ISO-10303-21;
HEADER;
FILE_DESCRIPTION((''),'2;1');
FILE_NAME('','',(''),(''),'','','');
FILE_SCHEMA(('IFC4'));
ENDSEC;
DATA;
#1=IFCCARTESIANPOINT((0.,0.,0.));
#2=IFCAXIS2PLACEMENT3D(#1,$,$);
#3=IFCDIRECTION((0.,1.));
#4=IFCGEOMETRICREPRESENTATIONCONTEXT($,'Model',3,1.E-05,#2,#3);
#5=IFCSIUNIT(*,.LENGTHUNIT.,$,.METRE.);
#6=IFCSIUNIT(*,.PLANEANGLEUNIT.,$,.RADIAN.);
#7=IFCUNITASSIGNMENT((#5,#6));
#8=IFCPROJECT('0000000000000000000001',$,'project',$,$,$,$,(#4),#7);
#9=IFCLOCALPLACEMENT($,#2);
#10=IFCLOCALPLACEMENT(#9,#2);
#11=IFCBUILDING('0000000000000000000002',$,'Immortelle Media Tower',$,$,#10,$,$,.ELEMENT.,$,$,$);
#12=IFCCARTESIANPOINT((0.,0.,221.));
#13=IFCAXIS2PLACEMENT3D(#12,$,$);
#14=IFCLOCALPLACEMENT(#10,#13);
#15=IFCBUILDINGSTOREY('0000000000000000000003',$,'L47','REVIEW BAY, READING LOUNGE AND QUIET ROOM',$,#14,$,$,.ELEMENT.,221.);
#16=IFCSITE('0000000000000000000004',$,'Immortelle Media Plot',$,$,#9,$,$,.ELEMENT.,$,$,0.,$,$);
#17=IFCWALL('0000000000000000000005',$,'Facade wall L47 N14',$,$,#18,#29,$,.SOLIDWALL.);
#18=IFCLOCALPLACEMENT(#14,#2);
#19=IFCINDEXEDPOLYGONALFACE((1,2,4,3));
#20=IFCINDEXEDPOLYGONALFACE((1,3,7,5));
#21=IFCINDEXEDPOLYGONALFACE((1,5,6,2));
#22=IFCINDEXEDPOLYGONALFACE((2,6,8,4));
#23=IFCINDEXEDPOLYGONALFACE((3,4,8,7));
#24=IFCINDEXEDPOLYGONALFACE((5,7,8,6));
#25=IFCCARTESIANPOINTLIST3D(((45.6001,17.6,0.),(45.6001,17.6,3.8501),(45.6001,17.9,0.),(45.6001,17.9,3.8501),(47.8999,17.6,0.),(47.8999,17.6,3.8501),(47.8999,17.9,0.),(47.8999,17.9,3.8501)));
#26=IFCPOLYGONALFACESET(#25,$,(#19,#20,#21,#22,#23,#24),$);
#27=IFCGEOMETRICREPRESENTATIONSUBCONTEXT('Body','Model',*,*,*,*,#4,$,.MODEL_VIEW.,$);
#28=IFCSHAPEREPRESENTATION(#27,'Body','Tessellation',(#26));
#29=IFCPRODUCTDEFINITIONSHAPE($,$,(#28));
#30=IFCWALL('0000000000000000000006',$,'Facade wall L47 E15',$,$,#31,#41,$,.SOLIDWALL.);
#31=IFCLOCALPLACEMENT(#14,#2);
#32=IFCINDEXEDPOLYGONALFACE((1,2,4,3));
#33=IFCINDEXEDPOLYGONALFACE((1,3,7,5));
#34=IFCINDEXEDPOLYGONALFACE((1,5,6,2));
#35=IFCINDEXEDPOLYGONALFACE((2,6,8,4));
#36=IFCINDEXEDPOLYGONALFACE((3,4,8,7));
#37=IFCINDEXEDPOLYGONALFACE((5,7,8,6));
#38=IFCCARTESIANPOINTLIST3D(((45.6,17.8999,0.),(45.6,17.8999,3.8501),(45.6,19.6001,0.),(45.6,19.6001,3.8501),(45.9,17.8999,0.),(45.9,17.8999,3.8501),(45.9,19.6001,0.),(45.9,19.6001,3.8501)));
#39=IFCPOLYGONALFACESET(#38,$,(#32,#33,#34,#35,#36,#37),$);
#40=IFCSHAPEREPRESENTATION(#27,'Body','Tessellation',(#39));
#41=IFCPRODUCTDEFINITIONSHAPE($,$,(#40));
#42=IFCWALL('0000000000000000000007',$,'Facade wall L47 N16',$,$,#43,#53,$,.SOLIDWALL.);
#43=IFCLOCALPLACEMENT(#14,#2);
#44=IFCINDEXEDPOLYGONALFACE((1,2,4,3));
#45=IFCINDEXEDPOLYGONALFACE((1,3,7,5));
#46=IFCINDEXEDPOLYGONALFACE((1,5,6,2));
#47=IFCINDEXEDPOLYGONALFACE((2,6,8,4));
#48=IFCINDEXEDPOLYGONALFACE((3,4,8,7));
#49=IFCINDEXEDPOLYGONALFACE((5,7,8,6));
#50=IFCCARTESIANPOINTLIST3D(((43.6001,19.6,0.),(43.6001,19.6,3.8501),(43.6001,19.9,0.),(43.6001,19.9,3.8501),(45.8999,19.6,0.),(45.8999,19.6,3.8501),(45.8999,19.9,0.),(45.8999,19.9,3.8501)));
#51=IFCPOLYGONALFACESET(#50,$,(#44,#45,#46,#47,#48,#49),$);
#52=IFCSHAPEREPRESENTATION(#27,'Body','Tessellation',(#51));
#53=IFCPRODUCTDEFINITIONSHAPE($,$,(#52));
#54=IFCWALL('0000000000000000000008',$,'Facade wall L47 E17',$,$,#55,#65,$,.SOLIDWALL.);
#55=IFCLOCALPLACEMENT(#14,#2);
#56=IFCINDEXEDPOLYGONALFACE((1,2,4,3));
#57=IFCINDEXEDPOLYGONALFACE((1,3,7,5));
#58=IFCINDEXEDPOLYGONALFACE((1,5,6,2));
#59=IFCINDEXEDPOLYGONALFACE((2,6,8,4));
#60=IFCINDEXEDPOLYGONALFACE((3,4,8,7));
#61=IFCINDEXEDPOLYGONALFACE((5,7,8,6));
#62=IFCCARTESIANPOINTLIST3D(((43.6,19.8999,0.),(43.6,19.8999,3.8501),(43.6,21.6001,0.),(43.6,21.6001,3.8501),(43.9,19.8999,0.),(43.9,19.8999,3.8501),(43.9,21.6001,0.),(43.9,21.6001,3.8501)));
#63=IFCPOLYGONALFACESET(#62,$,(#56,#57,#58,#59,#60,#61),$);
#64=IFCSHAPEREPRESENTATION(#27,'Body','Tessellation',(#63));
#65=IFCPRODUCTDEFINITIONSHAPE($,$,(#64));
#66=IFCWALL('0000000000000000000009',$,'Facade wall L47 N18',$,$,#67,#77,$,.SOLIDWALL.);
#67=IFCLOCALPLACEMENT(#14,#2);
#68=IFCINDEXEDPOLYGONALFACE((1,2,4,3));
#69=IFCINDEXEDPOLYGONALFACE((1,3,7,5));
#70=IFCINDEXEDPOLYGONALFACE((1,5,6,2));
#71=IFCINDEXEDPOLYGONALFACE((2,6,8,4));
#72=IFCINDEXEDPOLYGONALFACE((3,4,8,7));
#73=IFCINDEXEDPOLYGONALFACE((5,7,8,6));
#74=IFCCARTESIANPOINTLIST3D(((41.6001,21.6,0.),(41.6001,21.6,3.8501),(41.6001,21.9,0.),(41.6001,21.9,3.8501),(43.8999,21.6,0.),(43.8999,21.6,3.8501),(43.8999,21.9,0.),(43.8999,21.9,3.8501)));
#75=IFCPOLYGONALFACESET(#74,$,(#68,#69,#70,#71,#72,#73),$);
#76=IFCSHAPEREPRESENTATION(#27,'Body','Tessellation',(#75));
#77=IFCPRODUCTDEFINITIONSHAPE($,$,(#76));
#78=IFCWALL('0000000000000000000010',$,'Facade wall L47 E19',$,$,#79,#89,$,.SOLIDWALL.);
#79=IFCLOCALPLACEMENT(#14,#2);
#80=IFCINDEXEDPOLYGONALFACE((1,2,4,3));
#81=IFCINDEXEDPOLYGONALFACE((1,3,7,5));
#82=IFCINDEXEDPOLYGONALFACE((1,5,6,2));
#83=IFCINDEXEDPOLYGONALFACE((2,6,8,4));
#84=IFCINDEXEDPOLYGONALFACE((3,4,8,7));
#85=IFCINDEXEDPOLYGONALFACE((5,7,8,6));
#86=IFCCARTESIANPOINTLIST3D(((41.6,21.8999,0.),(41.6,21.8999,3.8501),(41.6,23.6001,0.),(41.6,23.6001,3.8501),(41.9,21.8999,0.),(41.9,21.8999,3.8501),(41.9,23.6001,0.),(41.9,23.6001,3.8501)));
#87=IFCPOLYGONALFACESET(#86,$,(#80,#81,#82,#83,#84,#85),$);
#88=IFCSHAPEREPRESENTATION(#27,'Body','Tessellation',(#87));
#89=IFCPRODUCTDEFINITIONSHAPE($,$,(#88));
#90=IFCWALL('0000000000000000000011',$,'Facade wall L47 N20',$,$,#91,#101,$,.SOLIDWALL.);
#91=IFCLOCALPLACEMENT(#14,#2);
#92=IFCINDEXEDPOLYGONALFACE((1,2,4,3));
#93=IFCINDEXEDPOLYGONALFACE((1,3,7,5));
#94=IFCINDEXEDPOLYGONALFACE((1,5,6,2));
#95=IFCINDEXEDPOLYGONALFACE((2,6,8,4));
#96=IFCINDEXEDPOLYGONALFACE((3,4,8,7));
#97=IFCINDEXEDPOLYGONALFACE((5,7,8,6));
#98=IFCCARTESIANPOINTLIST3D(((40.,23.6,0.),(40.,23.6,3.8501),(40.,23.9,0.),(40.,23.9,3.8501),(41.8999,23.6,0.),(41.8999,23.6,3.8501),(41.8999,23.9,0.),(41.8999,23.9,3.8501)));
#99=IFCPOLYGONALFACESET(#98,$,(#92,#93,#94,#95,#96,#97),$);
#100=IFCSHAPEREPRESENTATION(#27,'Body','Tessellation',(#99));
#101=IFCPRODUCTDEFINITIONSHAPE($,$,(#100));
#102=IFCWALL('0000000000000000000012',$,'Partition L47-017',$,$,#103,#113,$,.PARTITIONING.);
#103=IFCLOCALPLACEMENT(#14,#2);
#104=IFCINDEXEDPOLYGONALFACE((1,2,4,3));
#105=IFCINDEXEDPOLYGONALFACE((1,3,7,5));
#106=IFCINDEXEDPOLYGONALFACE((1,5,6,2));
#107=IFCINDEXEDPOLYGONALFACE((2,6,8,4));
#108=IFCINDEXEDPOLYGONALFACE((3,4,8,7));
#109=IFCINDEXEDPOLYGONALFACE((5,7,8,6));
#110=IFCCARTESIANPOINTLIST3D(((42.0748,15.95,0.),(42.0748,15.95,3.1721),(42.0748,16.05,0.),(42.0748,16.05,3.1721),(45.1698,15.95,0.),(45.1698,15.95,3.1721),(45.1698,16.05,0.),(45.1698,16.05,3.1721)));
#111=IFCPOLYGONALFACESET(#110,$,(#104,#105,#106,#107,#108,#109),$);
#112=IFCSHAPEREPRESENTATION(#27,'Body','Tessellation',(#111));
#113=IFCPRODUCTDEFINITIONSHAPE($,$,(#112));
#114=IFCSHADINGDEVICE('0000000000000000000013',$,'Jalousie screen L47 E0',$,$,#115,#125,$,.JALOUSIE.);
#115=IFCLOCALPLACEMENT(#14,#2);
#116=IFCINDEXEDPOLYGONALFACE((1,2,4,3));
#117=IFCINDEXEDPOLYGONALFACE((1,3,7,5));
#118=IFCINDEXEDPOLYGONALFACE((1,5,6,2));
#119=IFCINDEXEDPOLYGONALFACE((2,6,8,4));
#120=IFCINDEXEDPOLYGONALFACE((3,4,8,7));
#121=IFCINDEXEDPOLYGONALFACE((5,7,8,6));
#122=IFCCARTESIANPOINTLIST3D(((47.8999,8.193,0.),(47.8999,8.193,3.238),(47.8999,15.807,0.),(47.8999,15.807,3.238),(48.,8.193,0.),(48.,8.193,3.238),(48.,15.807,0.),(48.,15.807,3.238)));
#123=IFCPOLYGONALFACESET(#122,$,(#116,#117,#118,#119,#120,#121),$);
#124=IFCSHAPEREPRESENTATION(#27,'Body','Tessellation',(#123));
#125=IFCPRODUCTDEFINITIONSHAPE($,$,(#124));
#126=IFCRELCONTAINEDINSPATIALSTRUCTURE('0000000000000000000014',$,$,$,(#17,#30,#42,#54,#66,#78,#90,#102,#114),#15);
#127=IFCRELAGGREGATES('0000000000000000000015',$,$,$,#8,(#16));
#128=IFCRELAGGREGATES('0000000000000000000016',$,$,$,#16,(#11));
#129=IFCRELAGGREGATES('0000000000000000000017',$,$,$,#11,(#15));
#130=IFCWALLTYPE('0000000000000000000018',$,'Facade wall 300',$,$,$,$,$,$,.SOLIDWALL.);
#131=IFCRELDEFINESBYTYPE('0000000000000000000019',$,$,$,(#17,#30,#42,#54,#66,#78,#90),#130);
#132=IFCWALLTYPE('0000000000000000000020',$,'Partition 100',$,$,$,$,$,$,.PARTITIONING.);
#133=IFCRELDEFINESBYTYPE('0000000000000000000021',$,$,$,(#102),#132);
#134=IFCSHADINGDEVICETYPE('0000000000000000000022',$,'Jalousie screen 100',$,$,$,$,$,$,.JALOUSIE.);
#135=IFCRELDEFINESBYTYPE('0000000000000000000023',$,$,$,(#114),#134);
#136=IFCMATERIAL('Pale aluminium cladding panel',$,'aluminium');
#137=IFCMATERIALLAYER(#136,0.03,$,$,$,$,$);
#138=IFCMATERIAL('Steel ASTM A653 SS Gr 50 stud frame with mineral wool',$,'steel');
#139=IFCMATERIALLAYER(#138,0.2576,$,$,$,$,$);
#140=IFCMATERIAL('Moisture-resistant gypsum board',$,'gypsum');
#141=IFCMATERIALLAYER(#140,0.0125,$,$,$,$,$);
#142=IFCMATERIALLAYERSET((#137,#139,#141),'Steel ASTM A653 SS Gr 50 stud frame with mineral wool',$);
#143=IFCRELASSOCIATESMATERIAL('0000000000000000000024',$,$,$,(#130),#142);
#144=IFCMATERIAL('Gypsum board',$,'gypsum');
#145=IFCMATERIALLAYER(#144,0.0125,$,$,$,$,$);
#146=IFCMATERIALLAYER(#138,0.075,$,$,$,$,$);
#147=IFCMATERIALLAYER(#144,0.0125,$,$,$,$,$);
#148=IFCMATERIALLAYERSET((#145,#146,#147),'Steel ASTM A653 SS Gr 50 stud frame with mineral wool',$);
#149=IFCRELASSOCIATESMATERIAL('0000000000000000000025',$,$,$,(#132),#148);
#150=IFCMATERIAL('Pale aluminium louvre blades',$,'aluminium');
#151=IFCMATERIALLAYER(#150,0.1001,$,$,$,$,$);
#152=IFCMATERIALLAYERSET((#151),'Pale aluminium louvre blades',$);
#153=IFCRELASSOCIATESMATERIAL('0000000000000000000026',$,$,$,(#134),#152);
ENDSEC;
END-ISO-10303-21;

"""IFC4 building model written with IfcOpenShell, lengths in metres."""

from ifc_helpers import new_model, si_unit, direction, frame, frame_2d, origin, origin_2d, place, context, subcontext, project, spatial, rectangle, extrude, material, layer, layer_set, type_object, element, save


model = new_model("IFC4")

# Units and contexts
model_context = context("Model", 3, precision=1e-05, world=origin(), true_north=direction((0.0, 1.0)))
body_context = subcontext(model_context, "Body", "Model", "MODEL_VIEW")
ifc_project = project(units=[si_unit("LENGTHUNIT", "METRE"), si_unit("PLANEANGLEUNIT", "RADIAN")], contexts=[model_context])

# Site, building, storey
site_placement = place(None, origin())
site = spatial("IfcSite", under=ifc_project, at=site_placement, Name="Immortelle Media Plot", CompositionType="ELEMENT", RefElevation=0.0)
building_placement = place(site_placement, origin())
building = spatial("IfcBuilding", under=site, at=building_placement, Name="Immortelle Media Tower", CompositionType="ELEMENT")
storey_placement = place(building_placement, frame((0.0, 0.0, 221.0)))
storey = spatial("IfcBuildingStorey", under=building, at=storey_placement, Name="L47", Description="REVIEW BAY, READING LOUNGE AND QUIET ROOM", CompositionType="ELEMENT", Elevation=221.0)

# Walls
ifc_material_1 = material(Name="Steel ASTM A653 SS Gr 50 stud frame with mineral wool", Category="steel")
ifc_material_2 = material(Name="Pale aluminium cladding panel", Category="aluminium")
ifc_layer_1 = layer(ifc_material_2, 0.03)
ifc_layer_2 = layer(ifc_material_1, 0.2576)
ifc_material_3 = material(Name="Moisture-resistant gypsum board", Category="gypsum")
ifc_layer_3 = layer(ifc_material_3, 0.0125)
ifc_layer_set_1 = layer_set([ifc_layer_1, ifc_layer_2, ifc_layer_3], Name="Steel ASTM A653 SS Gr 50 stud frame with mineral wool")
wall_type_1 = type_object("IfcWallType", Name="Facade wall 300", PredefinedType="SOLIDWALL", material=ifc_layer_set_1)
wall_1_placement = place(storey_placement, frame((47.8999, 17.75, 0.0), z_axis=(0.0, 0.0, 1.0), x_axis=(-1.0, 0.0, 0.0)))
element("IfcWall", 1, at=wall_1_placement, inside=storey, type_object=wall_type_1, Name="Facade wall L47 N14", PredefinedType="SOLIDWALL", context=body_context, shape_type="SweptSolid", body=[
    extrude(rectangle(XDim=2.2998, YDim=0.3, at=frame_2d((1.1499, 0.0))), origin(), (0.0, 0.0, 1.0), 3.8501),
])
wall_2_placement = place(storey_placement, frame((45.75, 17.8999, 0.0), z_axis=(0.0, 0.0, 1.0), x_axis=(0.0, 1.0, 0.0)))
element("IfcWall", 2, at=wall_2_placement, inside=storey, type_object=wall_type_1, Name="Facade wall L47 E15", PredefinedType="SOLIDWALL", context=body_context, shape_type="SweptSolid", body=[
    extrude(rectangle(XDim=1.7002, YDim=0.3, at=frame_2d((0.8501, 0.0))), origin(), (0.0, 0.0, 1.0), 3.8501),
])
wall_3_placement = place(storey_placement, frame((45.8999, 19.75, 0.0), z_axis=(0.0, 0.0, 1.0), x_axis=(-1.0, 0.0, 0.0)))
element("IfcWall", 3, at=wall_3_placement, inside=storey, type_object=wall_type_1, Name="Facade wall L47 N16", PredefinedType="SOLIDWALL", context=body_context, shape_type="SweptSolid", body=[
    extrude(rectangle(XDim=2.2998, YDim=0.3, at=frame_2d((1.1499, 0.0))), origin(), (0.0, 0.0, 1.0), 3.8501),
])
wall_4_placement = place(storey_placement, frame((43.75, 19.8999, 0.0), z_axis=(0.0, 0.0, 1.0), x_axis=(0.0, 1.0, 0.0)))
element("IfcWall", 4, at=wall_4_placement, inside=storey, type_object=wall_type_1, Name="Facade wall L47 E17", PredefinedType="SOLIDWALL", context=body_context, shape_type="SweptSolid", body=[
    extrude(rectangle(XDim=1.7002, YDim=0.3, at=frame_2d((0.8501, 0.0))), origin(), (0.0, 0.0, 1.0), 3.8501),
])
wall_5_placement = place(storey_placement, frame((43.8999, 21.75, 0.0), z_axis=(0.0, 0.0, 1.0), x_axis=(-1.0, 0.0, 0.0)))
element("IfcWall", 5, at=wall_5_placement, inside=storey, type_object=wall_type_1, Name="Facade wall L47 N18", PredefinedType="SOLIDWALL", context=body_context, shape_type="SweptSolid", body=[
    extrude(rectangle(XDim=2.2998, YDim=0.3, at=frame_2d((1.1499, 0.0))), origin(), (0.0, 0.0, 1.0), 3.8501),
])
wall_6_placement = place(storey_placement, frame((41.75, 21.8999, 0.0), z_axis=(0.0, 0.0, 1.0), x_axis=(0.0, 1.0, 0.0)))
element("IfcWall", 6, at=wall_6_placement, inside=storey, type_object=wall_type_1, Name="Facade wall L47 E19", PredefinedType="SOLIDWALL", context=body_context, shape_type="SweptSolid", body=[
    extrude(rectangle(XDim=1.7002, YDim=0.3, at=frame_2d((0.8501, 0.0))), origin(), (0.0, 0.0, 1.0), 3.8501),
])
wall_7_placement = place(storey_placement, frame((41.8999, 23.75, 0.0), z_axis=(0.0, 0.0, 1.0), x_axis=(-1.0, 0.0, 0.0)))
element("IfcWall", 7, at=wall_7_placement, inside=storey, type_object=wall_type_1, Name="Facade wall L47 N20", PredefinedType="SOLIDWALL", context=body_context, shape_type="SweptSolid", body=[
    extrude(rectangle(XDim=1.8999, YDim=0.3, at=frame_2d((0.95, 0.0))), origin(), (0.0, 0.0, 1.0), 3.8501),
])
ifc_material_4 = material(Name="Gypsum board", Category="gypsum")
ifc_layer_4 = layer(ifc_material_4, 0.0125)
ifc_layer_5 = layer(ifc_material_1, 0.075)
ifc_layer_6 = layer(ifc_material_4, 0.0125)
ifc_layer_set_2 = layer_set([ifc_layer_4, ifc_layer_5, ifc_layer_6], Name="Steel ASTM A653 SS Gr 50 stud frame with mineral wool")
wall_type_2 = type_object("IfcWallType", Name="Partition 100", PredefinedType="PARTITIONING", material=ifc_layer_set_2)
wall_8_placement = place(storey_placement, frame((42.075, 16.0, 0.0), z_axis=(0.0, 0.0, 1.0), x_axis=(1.0, 0.0, 0.0)))
element("IfcWall", 8, at=wall_8_placement, inside=storey, type_object=wall_type_2, Name="Partition L47-017", PredefinedType="PARTITIONING", context=body_context, shape_type="SweptSolid", body=[
    extrude(rectangle(XDim=3.095, YDim=0.1001, at=frame_2d((1.5474, 0.0))), origin(), (0.0, 0.0, 1.0), 3.1721),
])

# Shading device
ifc_material_5 = material(Name="Pale aluminium louvre blades", Category="aluminium")
ifc_layer_7 = layer(ifc_material_5, 0.1001)
ifc_layer_set_3 = layer_set([ifc_layer_7], Name="Pale aluminium louvre blades")
shading_device_type = type_object("IfcShadingDeviceType", Name="Jalousie screen 100", PredefinedType="JALOUSIE", material=ifc_layer_set_3)
shading_device_placement = place(storey_placement, frame((47.95, 12.0, 0.0), z_axis=(0.0, 0.0, 1.0), x_axis=(0.0, 1.0, 0.0)))
element("IfcShadingDevice", 9, at=shading_device_placement, inside=storey, type_object=shading_device_type, Name="Jalousie screen L47 E0", PredefinedType="JALOUSIE", context=body_context, shape_type="SweptSolid", body=[
    extrude(rectangle(XDim=7.614, YDim=0.1001, at=origin_2d()), origin(), (0.0, 0.0, 1.0), 3.238),
])

save(model, "model.ifc")
